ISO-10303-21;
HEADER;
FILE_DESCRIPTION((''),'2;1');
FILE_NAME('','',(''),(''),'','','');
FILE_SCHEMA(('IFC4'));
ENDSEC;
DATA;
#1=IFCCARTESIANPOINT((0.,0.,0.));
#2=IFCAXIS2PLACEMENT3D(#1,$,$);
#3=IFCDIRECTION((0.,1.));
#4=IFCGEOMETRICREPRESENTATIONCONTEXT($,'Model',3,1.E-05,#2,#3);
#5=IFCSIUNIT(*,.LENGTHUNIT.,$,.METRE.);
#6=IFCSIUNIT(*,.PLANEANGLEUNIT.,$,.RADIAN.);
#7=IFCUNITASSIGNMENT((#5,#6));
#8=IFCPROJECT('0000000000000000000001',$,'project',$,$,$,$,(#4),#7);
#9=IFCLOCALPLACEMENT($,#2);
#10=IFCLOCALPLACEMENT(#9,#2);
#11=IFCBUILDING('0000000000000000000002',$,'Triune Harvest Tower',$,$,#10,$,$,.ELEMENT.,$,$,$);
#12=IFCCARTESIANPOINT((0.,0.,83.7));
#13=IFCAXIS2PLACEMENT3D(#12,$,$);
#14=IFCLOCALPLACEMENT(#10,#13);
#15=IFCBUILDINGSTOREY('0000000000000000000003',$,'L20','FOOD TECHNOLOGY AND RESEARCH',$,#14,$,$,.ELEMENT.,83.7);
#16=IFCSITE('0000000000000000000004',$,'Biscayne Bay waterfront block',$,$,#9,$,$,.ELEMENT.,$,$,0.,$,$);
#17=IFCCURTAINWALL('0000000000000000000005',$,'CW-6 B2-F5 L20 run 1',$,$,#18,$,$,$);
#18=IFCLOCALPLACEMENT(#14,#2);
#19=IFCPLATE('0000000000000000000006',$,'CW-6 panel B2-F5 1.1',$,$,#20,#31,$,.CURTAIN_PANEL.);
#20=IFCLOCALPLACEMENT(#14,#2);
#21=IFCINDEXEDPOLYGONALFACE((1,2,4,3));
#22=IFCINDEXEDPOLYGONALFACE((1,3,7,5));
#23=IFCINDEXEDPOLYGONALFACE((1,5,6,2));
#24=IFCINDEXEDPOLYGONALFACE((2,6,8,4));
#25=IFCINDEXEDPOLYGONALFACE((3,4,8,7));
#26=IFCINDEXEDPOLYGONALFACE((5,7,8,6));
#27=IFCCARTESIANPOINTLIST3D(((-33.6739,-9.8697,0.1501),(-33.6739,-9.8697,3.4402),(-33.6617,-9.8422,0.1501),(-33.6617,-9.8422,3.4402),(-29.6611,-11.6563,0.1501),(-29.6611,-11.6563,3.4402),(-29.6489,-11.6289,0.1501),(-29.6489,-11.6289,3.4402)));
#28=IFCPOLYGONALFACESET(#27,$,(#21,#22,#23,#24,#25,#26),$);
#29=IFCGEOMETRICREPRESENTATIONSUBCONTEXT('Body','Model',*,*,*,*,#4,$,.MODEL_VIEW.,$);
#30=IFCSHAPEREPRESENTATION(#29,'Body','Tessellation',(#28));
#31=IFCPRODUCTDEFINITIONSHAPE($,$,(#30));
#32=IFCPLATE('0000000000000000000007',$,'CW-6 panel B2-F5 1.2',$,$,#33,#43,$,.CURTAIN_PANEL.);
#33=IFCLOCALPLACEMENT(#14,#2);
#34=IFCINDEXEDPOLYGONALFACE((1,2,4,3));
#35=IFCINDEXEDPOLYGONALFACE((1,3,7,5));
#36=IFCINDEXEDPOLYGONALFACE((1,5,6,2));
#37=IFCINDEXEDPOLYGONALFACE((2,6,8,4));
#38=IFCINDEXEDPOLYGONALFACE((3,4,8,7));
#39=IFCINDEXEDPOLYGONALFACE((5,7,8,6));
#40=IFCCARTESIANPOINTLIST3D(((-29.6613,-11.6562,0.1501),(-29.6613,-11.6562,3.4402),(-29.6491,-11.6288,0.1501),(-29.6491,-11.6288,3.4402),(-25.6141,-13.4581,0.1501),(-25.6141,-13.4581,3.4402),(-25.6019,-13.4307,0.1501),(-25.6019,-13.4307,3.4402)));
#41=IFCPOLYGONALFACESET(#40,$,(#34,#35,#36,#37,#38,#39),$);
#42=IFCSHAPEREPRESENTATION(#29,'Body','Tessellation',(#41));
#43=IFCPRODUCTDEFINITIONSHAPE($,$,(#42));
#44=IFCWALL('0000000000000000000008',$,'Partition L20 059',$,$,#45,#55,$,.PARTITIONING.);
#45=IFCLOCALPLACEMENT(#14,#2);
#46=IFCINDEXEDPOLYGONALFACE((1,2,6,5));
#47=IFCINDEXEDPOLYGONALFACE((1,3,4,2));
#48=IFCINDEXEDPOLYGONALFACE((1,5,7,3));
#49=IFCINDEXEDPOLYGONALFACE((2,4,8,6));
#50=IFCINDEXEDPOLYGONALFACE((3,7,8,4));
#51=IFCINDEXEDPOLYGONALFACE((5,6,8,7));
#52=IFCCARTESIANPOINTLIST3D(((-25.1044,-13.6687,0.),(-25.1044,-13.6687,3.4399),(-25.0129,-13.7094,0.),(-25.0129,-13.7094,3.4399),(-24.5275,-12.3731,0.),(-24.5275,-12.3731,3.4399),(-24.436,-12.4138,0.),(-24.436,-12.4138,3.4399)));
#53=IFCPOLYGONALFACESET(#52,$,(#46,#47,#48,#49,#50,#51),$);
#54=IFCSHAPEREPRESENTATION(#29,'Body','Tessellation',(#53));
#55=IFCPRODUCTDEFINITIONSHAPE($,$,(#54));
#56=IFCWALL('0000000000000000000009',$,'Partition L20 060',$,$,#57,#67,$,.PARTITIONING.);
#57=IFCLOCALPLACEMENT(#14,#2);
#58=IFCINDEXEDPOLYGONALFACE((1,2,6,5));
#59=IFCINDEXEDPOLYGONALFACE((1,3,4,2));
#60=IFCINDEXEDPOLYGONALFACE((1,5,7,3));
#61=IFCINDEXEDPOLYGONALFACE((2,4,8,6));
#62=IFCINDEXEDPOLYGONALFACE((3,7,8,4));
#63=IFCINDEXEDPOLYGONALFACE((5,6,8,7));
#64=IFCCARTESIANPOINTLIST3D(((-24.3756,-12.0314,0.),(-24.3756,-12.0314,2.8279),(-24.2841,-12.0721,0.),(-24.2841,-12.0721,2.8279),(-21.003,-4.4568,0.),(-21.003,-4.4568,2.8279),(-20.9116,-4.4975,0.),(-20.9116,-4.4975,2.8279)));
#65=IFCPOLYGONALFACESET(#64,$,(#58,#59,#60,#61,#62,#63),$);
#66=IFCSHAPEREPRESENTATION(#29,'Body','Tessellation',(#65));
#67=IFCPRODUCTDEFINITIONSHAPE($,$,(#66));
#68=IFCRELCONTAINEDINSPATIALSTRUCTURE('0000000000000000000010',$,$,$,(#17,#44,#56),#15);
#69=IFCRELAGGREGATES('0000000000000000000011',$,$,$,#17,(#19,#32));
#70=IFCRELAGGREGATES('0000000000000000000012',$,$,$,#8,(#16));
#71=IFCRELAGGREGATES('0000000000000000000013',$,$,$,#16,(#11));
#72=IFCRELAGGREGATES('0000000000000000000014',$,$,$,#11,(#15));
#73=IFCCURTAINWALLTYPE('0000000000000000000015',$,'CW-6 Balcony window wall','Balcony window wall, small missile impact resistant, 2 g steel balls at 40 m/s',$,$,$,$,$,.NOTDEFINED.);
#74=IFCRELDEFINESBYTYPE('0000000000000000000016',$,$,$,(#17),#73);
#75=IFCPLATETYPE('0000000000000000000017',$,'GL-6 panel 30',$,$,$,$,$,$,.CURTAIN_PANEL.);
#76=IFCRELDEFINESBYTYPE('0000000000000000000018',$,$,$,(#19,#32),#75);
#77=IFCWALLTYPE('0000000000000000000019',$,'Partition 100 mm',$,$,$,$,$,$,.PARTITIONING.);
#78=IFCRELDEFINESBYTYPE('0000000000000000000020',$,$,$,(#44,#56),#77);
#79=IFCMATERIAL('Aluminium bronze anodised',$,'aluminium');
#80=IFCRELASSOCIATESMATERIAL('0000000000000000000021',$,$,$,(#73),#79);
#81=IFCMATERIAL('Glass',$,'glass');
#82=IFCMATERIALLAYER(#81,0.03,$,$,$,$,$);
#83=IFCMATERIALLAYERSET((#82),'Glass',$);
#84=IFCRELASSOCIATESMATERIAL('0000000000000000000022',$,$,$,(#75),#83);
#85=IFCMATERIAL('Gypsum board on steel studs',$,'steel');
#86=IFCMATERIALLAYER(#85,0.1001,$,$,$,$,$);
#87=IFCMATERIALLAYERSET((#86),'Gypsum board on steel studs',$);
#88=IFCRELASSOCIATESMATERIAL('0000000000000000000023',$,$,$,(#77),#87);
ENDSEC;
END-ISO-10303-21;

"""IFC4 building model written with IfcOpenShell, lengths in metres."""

from ifc_helpers import new_model, si_unit, direction, frame, frame_2d, origin, origin_2d, place, context, subcontext, project, spatial, rectangle, extrude, source, transform, mapped, material, layer, layer_set, type_object, element, aggregate, save


model = new_model("IFC4")

# Units and contexts
model_context = context("Model", 3, precision=1e-05, world=origin(), true_north=direction((0.0, 1.0)))
body_context = subcontext(model_context, "Body", "Model", "MODEL_VIEW")
ifc_project = project(units=[si_unit("LENGTHUNIT", "METRE"), si_unit("PLANEANGLEUNIT", "RADIAN")], contexts=[model_context])

# Site, building, storey
site_placement = place(None, origin())
site = spatial("IfcSite", under=ifc_project, at=site_placement, Name="Biscayne Bay waterfront block", CompositionType="ELEMENT", RefElevation=0.0)
building_placement = place(site_placement, origin())
building = spatial("IfcBuilding", under=site, at=building_placement, Name="Triune Harvest Tower", CompositionType="ELEMENT")
storey_placement = place(building_placement, frame((0.0, 0.0, 83.7)))
storey = spatial("IfcBuildingStorey", under=building, at=storey_placement, Name="L20", Description="FOOD TECHNOLOGY AND RESEARCH", CompositionType="ELEMENT", Elevation=83.7)

# Curtain wall
ifc_material_1 = material(Name="Aluminium bronze anodised", Category="aluminium")
curtain_wall_type_1 = type_object("IfcCurtainWallType", Name="CW-6 Balcony window wall", Description="Balcony window wall, small missile impact resistant, 2 g steel balls at 40 m/s", PredefinedType="NOTDEFINED", material=ifc_material_1)
curtain_wall_1_placement = place(storey_placement, origin())
curtain_wall_1 = element("IfcCurtainWall", 1, at=curtain_wall_1_placement, inside=storey, type_object=curtain_wall_type_1, Name="CW-6 B2-F5 L20 run 1")

# Plates
ifc_material_2 = material(Name="Glass", Category="glass")
ifc_layer_1 = layer(ifc_material_2, 0.03)
ifc_layer_set_1 = layer_set([ifc_layer_1], Name="Glass")
plate_type_1 = type_object("IfcPlateType", Name="GL-6 panel 30", PredefinedType="CURTAIN_PANEL", material=ifc_layer_set_1)
shared_shape_1 = source(origin(), body_context, "Body", "SweptSolid", [
    extrude(rectangle(XDim=4.3926, YDim=0.03, at=origin_2d()), origin(), (0.0, 0.0, 1.0), 3.29),
])
plate_1_placement = place(storey_placement, frame((-31.6614, -10.7493, 0.1501), z_axis=(0.0, 0.0, 1.0), x_axis=(0.913545, -0.406737, 0.0)))
plate_1 = element("IfcPlate", 2, at=plate_1_placement, type_object=plate_type_1, Name="CW-6 panel B2-F5 1.1", PredefinedType="CURTAIN_PANEL", context=body_context, shape_type="MappedRepresentation", body=[
    mapped(shared_shape_1, transform((0.0, 0.0, 0.0), scale=1.0)),
])
shared_shape_2 = source(origin(), body_context, "Body", "SweptSolid", [
    extrude(rectangle(XDim=4.4302, YDim=0.03, at=origin_2d()), origin(), (0.0, 0.0, 1.0), 3.29),
])
plate_2_placement = place(storey_placement, frame((-27.6316, -12.5435, 0.1501), z_axis=(0.0, 0.0, 1.0), x_axis=(0.913545, -0.406737, 0.0)))
plate_2 = element("IfcPlate", 3, at=plate_2_placement, type_object=plate_type_1, Name="CW-6 panel B2-F5 1.2", PredefinedType="CURTAIN_PANEL", context=body_context, shape_type="MappedRepresentation", body=[
    mapped(shared_shape_2, transform((0.0, 0.0, 0.0), scale=1.0)),
])
aggregate(curtain_wall_1, [plate_1, plate_2])

# Walls
ifc_material_3 = material(Name="Gypsum board on steel studs", Category="steel")
ifc_layer_2 = layer(ifc_material_3, 0.1001)
ifc_layer_set_2 = layer_set([ifc_layer_2], Name="Gypsum board on steel studs")
wall_type = type_object("IfcWallType", Name="Partition 100 mm", PredefinedType="PARTITIONING", material=ifc_layer_set_2)
shared_shape_3 = source(origin(), body_context, "Body", "SweptSolid", [
    extrude(rectangle(XDim=1.4182, YDim=0.1001, at=frame_2d((0.709, 0.0))), origin(), (0.0, 0.0, 1.0), 3.4399),
])
wall_1_placement = place(storey_placement, frame((-25.0586, -13.689, 0.0), z_axis=(0.0, 0.0, 1.0), x_axis=(0.406761, 0.913534, 0.0)))
element("IfcWall", 4, at=wall_1_placement, inside=storey, type_object=wall_type, Name="Partition L20 059", PredefinedType="PARTITIONING", context=body_context, shape_type="MappedRepresentation", body=[
    mapped(shared_shape_3, transform((0.0, 0.0, 0.0), scale=1.0)),
])
shared_shape_4 = source(origin(), body_context, "Body", "SweptSolid", [
    extrude(rectangle(XDim=8.2915, YDim=0.1001, at=frame_2d((4.1458, 0.0))), origin(), (0.0, 0.0, 1.0), 2.8279),
])
wall_2_placement = place(storey_placement, frame((-24.3298, -12.0518, 0.0), z_axis=(0.0, 0.0, 1.0), x_axis=(0.406745, 0.913542, 0.0)))
element("IfcWall", 5, at=wall_2_placement, inside=storey, type_object=wall_type, Name="Partition L20 060", PredefinedType="PARTITIONING", context=body_context, shape_type="MappedRepresentation", body=[
    mapped(shared_shape_4, transform((0.0, 0.0, 0.0), scale=1.0)),
])

save(model, "model.ifc")
